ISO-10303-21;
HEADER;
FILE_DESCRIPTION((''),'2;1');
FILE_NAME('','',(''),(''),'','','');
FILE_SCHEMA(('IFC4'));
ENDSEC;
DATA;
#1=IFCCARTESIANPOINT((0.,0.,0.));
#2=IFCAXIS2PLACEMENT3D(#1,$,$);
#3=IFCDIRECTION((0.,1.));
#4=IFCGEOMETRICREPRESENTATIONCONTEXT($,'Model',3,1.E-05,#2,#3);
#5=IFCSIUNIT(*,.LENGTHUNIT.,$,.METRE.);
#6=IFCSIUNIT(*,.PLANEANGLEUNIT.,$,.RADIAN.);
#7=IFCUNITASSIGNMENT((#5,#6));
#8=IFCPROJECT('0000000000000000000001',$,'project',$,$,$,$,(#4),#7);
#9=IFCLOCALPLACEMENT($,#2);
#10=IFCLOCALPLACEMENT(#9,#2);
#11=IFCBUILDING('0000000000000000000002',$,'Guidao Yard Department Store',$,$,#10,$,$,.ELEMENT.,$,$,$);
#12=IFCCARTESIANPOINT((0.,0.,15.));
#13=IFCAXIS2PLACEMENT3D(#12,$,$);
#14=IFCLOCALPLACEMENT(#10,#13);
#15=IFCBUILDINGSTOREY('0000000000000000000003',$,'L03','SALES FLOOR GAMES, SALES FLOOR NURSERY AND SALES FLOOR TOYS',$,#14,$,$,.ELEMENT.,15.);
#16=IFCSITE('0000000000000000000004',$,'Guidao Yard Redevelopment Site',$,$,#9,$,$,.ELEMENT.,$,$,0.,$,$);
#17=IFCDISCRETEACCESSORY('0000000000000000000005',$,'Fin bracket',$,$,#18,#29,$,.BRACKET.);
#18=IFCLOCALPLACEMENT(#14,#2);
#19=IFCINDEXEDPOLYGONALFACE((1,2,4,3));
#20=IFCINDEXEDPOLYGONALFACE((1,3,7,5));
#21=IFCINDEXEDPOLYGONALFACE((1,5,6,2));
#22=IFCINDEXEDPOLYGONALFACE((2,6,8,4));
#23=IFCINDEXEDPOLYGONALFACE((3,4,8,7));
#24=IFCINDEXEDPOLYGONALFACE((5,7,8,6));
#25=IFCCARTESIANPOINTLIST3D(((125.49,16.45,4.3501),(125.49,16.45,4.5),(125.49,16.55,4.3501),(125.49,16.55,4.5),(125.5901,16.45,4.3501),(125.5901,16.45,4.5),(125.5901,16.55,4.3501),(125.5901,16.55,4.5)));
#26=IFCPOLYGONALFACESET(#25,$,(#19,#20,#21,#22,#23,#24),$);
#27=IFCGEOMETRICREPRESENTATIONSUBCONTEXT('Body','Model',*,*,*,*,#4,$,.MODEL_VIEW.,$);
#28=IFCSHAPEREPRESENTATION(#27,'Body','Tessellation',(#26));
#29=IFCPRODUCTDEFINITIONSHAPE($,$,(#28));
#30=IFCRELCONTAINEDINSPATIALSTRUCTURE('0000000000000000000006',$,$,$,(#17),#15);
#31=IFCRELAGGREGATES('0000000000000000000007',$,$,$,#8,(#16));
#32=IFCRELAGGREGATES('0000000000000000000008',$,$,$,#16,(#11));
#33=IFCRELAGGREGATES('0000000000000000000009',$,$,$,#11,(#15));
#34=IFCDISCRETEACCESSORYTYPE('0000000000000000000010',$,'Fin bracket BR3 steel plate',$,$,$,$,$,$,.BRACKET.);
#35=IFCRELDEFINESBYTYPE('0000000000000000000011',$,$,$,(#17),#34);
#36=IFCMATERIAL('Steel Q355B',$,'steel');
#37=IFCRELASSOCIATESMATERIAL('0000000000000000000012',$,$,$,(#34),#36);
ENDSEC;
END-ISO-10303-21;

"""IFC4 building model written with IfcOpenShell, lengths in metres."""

from ifc_helpers import new_model, si_unit, direction, frame, origin, origin_2d, place, context, subcontext, project, spatial, rectangle, extrude, material, type_object, element, save


model = new_model("IFC4")

# Units and contexts
model_context = context("Model", 3, precision=1e-05, world=origin(), true_north=direction((0.0, 1.0)))
body_context = subcontext(model_context, "Body", "Model", "MODEL_VIEW")
ifc_project = project(units=[si_unit("LENGTHUNIT", "METRE"), si_unit("PLANEANGLEUNIT", "RADIAN")], contexts=[model_context])

# Site, building, storey
site_placement = place(None, origin())
site = spatial("IfcSite", under=ifc_project, at=site_placement, Name="Guidao Yard Redevelopment Site", CompositionType="ELEMENT", RefElevation=0.0)
building_placement = place(site_placement, origin())
building = spatial("IfcBuilding", under=site, at=building_placement, Name="Guidao Yard Department Store", CompositionType="ELEMENT")
storey_placement = place(building_placement, frame((0.0, 0.0, 15.0)))
storey = spatial("IfcBuildingStorey", under=building, at=storey_placement, Name="L03", Description="SALES FLOOR GAMES, SALES FLOOR NURSERY AND SALES FLOOR TOYS", CompositionType="ELEMENT", Elevation=15.0)

# Discrete accessory
ifc_material_1 = material(Name="Steel Q355B", Category="steel")
discrete_accessory_type = type_object("IfcDiscreteAccessoryType", Name="Fin bracket BR3 steel plate", PredefinedType="BRACKET", material=ifc_material_1)
for number, where, z_axis, x_axis, name in (
    (1, (125.54, 16.5, 4.3501), (0.0, 0.0, 1.0), (0.0, 1.0, 0.0), "Fin bracket"),
):
    element("IfcDiscreteAccessory", number, at=place(storey_placement, frame(where, z_axis=z_axis, x_axis=x_axis)), inside=storey, type_object=discrete_accessory_type, Name=name, PredefinedType="BRACKET", context=body_context, shape_type="SweptSolid", body=[
        extrude(rectangle(XDim=0.1001, YDim=0.1001, at=origin_2d()), origin(), (0.0, 0.0, 1.0), 0.1499),
    ])

save(model, "model.ifc")
